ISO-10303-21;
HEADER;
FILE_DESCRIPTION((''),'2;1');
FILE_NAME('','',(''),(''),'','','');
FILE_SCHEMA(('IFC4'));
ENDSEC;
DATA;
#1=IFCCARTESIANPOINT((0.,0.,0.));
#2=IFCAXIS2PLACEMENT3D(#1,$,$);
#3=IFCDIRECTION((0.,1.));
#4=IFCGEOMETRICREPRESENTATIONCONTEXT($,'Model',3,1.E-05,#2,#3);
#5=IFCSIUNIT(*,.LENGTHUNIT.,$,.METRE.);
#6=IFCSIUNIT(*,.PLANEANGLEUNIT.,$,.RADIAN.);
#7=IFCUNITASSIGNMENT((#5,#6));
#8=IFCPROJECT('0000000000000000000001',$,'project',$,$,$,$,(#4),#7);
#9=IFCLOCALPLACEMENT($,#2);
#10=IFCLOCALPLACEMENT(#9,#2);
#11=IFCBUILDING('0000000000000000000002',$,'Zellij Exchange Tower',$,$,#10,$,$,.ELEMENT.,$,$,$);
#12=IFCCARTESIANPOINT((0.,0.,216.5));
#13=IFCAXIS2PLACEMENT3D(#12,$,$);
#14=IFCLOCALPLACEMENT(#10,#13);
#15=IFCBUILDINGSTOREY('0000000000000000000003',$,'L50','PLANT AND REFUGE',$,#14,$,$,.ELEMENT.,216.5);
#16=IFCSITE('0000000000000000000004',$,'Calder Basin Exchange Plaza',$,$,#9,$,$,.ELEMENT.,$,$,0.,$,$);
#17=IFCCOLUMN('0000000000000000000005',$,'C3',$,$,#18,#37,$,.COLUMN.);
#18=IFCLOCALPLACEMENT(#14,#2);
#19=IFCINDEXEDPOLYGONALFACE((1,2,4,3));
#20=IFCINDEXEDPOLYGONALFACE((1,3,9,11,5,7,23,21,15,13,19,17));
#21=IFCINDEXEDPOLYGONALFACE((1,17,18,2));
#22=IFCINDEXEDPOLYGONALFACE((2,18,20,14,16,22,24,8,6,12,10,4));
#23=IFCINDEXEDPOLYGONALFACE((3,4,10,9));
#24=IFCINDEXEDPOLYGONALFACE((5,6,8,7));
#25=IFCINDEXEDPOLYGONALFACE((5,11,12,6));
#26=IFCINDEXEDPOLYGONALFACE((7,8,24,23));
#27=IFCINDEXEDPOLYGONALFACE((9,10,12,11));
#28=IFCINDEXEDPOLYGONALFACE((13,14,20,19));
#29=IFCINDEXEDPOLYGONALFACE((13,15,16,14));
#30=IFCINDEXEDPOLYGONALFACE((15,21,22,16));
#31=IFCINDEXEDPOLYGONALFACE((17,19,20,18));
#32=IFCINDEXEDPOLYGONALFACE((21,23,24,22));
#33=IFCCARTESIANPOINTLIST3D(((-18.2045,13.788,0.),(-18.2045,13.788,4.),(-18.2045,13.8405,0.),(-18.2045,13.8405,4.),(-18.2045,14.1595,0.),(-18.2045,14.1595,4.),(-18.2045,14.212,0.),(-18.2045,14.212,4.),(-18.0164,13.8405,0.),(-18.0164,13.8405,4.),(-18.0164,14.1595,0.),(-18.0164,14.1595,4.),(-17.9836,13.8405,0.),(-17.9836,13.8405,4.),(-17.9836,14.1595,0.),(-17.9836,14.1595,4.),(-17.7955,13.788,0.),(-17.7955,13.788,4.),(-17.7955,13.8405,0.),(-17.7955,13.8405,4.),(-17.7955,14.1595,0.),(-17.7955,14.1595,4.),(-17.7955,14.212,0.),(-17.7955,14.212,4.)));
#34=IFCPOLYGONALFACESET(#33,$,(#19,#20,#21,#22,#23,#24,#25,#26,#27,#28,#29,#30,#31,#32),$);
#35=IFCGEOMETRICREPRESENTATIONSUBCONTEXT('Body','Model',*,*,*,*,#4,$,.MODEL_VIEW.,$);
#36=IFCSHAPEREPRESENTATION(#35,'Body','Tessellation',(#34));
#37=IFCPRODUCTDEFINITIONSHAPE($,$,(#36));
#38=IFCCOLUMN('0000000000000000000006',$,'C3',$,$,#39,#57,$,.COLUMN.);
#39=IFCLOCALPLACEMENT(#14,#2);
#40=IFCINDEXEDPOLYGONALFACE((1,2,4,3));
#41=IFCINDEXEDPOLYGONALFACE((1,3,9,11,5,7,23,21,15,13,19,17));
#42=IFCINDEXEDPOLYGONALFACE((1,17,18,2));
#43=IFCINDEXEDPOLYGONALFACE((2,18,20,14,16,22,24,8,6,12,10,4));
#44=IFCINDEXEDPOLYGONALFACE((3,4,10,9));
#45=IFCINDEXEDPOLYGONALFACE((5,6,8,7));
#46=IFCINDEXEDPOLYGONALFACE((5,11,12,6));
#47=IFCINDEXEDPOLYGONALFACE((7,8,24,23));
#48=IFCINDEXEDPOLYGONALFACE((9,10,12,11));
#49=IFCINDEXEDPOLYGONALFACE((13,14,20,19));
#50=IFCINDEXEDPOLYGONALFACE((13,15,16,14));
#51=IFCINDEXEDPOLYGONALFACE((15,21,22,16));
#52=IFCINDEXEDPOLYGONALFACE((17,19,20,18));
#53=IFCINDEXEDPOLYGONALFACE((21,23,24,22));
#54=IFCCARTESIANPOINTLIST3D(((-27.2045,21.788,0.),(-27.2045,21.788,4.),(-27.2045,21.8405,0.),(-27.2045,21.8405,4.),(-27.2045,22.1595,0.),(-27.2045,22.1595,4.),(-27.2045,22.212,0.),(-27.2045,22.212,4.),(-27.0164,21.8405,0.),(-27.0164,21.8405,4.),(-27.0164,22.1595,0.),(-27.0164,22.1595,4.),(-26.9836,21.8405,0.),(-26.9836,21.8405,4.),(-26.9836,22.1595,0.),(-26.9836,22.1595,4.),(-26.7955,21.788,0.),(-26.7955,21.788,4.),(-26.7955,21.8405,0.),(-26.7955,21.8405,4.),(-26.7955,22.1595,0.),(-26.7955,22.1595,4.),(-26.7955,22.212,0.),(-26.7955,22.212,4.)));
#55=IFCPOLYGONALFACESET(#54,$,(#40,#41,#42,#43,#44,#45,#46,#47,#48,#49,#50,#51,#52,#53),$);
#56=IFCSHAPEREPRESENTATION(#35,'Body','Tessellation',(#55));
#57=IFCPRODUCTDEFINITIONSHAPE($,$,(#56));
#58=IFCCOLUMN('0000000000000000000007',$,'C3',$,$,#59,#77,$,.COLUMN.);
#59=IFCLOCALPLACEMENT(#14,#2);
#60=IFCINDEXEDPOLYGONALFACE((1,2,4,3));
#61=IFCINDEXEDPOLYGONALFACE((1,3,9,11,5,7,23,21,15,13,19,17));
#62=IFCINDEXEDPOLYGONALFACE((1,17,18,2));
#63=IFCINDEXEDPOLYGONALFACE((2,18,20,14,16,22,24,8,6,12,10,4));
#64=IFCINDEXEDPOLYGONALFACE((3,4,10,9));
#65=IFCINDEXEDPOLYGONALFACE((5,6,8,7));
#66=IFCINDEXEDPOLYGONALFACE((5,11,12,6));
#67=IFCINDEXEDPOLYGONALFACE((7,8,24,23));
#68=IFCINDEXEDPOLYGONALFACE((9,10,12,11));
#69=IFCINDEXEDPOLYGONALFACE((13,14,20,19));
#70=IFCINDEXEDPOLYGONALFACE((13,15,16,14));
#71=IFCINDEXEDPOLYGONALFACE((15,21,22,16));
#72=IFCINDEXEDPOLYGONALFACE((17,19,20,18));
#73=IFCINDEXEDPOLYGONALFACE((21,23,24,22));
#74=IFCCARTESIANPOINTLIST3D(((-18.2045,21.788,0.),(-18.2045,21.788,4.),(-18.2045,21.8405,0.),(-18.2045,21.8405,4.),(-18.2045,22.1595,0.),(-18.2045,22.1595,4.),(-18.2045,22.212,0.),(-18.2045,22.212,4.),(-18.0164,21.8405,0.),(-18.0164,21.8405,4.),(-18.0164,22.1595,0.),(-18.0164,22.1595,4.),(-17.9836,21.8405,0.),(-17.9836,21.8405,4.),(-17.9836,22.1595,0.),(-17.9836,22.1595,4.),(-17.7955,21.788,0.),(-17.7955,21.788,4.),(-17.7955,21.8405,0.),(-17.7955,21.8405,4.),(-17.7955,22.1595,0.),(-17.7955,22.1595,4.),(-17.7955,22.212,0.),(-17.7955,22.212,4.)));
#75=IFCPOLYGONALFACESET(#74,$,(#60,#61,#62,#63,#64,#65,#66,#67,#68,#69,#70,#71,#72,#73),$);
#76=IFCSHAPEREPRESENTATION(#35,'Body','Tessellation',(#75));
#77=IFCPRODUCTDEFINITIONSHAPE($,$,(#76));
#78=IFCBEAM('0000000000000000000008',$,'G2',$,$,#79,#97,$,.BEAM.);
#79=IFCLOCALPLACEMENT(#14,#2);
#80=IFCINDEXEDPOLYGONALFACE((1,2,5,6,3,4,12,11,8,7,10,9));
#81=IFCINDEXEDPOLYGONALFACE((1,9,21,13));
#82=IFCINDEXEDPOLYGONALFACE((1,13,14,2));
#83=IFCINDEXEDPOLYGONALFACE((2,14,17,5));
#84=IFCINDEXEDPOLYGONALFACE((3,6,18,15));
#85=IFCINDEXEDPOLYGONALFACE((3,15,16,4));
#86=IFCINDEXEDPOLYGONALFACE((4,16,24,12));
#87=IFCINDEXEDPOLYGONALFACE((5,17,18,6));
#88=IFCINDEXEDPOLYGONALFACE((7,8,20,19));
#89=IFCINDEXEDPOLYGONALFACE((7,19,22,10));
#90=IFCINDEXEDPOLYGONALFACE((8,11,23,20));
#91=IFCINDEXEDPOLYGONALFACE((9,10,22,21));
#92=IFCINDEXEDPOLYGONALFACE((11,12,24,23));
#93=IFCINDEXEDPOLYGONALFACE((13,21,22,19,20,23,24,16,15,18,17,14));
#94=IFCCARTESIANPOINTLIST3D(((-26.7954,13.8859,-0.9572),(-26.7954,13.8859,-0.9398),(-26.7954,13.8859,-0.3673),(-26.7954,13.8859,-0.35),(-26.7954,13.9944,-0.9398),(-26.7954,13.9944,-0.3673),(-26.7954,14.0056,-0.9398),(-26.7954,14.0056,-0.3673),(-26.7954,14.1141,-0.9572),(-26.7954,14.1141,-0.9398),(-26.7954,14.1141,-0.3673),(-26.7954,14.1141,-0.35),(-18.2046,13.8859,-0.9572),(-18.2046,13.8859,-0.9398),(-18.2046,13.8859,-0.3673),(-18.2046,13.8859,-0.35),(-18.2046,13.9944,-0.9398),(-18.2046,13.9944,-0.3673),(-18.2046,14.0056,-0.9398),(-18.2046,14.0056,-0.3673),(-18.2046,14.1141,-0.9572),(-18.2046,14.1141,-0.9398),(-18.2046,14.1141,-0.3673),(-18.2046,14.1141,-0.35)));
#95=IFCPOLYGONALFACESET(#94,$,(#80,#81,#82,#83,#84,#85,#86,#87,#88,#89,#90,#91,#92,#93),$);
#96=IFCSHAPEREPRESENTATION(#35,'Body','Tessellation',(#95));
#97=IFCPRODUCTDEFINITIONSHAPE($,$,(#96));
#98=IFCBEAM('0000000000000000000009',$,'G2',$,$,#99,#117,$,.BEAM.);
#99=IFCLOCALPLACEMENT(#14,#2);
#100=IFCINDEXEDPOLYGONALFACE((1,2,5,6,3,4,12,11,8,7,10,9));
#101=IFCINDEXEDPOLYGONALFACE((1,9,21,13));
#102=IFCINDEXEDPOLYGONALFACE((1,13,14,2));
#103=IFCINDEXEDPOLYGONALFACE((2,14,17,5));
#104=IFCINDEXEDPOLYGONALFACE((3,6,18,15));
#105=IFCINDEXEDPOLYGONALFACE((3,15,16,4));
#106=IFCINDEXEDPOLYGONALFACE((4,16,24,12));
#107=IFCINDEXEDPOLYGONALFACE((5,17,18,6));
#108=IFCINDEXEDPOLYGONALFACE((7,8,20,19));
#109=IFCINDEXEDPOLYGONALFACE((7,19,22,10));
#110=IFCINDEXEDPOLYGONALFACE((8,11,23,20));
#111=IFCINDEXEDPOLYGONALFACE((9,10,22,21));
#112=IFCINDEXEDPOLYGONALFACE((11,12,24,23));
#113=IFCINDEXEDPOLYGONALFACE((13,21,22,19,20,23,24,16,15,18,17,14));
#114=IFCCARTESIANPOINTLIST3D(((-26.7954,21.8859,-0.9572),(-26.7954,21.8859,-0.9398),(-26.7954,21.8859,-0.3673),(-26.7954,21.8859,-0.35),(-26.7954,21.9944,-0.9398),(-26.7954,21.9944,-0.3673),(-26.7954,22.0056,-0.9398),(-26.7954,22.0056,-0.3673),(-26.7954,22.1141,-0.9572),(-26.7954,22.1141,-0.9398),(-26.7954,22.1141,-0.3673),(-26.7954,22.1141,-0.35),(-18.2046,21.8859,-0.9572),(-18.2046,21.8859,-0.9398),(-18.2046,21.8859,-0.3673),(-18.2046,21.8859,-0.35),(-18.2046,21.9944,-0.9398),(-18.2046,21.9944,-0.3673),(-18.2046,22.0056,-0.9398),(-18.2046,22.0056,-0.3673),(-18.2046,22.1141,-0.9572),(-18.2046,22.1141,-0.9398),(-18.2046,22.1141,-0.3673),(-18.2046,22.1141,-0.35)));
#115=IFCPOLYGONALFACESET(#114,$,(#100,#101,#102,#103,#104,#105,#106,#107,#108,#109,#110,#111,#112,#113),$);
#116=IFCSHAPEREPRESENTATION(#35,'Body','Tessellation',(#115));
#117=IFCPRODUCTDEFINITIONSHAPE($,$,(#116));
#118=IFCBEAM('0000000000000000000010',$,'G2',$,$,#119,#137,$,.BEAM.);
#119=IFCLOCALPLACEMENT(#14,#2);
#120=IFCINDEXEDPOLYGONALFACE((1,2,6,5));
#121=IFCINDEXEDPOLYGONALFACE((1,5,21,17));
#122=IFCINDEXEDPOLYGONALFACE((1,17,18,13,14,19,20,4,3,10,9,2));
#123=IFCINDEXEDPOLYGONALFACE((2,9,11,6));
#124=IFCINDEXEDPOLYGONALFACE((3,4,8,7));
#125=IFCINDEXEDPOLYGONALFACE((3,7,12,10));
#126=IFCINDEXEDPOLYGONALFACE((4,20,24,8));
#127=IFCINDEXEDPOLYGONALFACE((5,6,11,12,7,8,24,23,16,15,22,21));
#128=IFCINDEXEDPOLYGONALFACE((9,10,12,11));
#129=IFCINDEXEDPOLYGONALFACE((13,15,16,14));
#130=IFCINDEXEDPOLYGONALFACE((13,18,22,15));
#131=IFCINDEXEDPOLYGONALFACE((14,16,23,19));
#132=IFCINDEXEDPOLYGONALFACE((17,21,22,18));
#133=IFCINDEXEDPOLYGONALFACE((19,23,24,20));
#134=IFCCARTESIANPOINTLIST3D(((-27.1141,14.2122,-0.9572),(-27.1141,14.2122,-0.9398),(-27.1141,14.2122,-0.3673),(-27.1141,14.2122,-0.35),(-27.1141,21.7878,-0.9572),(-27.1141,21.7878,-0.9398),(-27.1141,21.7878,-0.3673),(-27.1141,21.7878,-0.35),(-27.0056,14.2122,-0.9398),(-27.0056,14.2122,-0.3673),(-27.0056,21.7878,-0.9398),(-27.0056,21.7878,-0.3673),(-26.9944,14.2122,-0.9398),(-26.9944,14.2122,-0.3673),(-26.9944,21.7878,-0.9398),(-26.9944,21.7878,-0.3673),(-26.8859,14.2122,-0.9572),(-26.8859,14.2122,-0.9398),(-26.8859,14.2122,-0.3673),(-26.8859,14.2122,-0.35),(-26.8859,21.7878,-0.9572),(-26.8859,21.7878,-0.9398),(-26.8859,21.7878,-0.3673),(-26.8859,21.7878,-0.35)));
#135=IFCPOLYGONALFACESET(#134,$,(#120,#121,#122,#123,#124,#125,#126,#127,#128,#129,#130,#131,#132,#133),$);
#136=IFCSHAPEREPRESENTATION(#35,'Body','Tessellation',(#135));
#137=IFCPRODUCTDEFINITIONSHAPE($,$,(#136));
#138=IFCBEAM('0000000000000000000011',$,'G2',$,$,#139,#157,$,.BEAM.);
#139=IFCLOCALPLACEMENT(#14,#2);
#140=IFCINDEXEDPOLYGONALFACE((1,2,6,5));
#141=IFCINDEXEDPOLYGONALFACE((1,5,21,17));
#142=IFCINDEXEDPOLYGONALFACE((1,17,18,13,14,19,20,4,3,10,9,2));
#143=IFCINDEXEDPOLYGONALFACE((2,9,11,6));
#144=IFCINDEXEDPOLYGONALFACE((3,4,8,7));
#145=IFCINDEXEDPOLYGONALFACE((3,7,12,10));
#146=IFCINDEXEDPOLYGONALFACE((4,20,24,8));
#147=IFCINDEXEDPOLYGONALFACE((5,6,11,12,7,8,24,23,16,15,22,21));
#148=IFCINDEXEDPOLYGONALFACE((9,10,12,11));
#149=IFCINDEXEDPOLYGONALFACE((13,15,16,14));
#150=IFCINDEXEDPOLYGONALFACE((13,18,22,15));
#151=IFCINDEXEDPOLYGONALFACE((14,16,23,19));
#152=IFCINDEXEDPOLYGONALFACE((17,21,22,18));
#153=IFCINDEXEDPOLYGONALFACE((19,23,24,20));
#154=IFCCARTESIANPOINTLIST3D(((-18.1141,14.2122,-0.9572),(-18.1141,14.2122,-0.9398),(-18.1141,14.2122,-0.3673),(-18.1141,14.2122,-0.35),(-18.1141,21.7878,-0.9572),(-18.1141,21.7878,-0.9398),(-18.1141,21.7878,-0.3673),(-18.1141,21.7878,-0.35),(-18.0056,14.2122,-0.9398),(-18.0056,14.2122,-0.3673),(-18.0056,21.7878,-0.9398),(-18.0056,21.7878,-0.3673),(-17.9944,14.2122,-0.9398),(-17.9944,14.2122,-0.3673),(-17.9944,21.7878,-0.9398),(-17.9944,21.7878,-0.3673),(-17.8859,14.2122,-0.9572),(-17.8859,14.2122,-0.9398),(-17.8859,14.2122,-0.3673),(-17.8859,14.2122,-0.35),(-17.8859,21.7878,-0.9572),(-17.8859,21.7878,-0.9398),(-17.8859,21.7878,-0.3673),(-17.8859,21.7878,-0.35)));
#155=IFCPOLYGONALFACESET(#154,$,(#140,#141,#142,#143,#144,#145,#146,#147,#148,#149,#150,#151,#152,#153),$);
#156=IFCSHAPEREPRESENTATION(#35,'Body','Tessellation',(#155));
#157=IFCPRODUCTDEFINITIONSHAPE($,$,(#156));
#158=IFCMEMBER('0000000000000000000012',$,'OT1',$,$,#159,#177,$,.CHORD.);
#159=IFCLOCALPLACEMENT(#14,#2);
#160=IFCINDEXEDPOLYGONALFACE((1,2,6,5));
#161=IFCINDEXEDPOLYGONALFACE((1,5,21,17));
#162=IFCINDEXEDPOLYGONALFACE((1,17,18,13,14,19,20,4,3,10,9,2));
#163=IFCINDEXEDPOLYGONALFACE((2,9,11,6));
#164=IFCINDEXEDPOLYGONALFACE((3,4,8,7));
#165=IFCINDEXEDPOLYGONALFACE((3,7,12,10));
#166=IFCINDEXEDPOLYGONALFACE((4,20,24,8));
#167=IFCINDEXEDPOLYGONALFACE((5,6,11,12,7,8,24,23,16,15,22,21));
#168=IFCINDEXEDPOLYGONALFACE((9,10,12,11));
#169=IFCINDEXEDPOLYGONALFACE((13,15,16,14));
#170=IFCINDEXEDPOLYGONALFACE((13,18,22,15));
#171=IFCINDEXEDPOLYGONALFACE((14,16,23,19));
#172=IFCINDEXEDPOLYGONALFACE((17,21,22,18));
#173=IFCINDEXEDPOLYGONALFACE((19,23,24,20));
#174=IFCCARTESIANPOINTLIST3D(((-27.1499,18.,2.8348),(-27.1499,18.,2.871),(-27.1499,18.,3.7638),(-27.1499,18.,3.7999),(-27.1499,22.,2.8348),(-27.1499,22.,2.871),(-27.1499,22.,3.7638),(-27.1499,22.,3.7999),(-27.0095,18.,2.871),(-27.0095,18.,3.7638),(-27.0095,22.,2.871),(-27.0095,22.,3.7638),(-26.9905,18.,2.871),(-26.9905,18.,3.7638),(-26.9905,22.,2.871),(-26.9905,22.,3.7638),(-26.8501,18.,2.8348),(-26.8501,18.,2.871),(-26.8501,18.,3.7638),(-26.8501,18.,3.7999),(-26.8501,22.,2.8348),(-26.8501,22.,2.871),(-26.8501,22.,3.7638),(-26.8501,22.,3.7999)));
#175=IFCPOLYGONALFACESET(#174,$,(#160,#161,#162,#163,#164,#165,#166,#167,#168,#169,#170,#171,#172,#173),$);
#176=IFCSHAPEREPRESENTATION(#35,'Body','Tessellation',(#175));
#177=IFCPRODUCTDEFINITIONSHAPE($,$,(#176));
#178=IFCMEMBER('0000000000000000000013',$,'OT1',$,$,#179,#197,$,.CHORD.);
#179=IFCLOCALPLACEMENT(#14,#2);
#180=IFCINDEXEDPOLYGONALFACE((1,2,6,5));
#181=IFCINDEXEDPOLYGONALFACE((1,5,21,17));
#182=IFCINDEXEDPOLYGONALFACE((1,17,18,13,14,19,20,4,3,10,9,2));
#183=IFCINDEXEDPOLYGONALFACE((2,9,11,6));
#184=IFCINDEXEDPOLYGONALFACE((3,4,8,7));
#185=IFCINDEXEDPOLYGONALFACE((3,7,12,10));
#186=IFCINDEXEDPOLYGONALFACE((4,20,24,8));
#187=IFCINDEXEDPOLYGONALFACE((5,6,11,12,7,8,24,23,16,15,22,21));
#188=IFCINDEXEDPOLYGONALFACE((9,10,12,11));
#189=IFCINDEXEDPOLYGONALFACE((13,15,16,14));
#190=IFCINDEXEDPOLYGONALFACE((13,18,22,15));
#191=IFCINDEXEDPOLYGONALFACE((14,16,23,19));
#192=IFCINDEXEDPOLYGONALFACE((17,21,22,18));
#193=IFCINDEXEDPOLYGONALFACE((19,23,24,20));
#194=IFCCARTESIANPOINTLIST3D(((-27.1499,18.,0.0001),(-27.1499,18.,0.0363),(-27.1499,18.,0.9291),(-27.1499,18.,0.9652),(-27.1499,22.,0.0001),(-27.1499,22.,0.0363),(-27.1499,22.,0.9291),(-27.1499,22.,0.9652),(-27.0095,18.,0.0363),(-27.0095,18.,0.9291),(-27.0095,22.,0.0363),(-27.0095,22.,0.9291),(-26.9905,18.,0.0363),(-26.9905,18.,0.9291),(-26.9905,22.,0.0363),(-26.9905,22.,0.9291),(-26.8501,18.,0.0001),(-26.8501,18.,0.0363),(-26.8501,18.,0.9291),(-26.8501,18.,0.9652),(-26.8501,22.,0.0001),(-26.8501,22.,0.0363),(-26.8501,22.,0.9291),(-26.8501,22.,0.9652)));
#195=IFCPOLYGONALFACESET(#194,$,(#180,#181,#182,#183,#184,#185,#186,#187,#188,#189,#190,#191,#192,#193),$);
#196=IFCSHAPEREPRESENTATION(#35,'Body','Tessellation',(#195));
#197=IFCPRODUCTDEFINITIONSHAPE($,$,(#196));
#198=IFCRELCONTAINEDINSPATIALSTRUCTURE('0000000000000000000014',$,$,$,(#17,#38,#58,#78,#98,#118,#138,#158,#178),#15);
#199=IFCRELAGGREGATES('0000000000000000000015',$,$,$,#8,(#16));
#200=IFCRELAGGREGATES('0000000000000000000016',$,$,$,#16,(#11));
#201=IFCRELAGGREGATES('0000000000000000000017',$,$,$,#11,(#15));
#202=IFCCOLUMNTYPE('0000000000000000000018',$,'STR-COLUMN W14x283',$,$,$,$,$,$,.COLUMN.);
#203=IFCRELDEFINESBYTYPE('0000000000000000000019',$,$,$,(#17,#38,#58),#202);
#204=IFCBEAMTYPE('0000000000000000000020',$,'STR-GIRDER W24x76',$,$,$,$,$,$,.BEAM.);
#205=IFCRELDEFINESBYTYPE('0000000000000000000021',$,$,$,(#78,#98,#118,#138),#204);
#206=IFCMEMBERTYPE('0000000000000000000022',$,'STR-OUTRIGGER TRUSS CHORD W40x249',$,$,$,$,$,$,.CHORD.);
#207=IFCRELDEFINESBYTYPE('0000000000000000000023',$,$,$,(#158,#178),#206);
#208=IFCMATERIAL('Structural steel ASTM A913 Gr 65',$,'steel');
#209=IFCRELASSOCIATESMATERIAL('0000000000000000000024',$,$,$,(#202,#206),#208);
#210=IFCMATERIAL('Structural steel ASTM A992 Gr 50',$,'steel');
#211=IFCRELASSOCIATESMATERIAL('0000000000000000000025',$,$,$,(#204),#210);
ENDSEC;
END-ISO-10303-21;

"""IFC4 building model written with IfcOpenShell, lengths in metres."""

from ifc_helpers import new_model, si_unit, direction, frame, origin, origin_2d, place, context, subcontext, project, spatial, i_section, extrude, material, material_profile, profile_set, type_object, element, save


model = new_model("IFC4")

# Units and contexts
model_context = context("Model", 3, precision=1e-05, world=origin(), true_north=direction((0.0, 1.0)))
body_context = subcontext(model_context, "Body", "Model", "MODEL_VIEW")
ifc_project = project(units=[si_unit("LENGTHUNIT", "METRE"), si_unit("PLANEANGLEUNIT", "RADIAN")], contexts=[model_context])

# Site, building, storey
site_placement = place(None, origin())
site = spatial("IfcSite", under=ifc_project, at=site_placement, Name="Calder Basin Exchange Plaza", CompositionType="ELEMENT", RefElevation=0.0)
building_placement = place(site_placement, origin())
building = spatial("IfcBuilding", under=site, at=building_placement, Name="Zellij Exchange Tower", CompositionType="ELEMENT")
storey_placement = place(building_placement, frame((0.0, 0.0, 216.5)))
storey = spatial("IfcBuildingStorey", under=building, at=storey_placement, Name="L50", Description="PLANT AND REFUGE", CompositionType="ELEMENT", Elevation=216.5)

# Columns
ifc_material_1 = material(Name="Structural steel ASTM A913 Gr 65", Category="steel")
ifc_material_profile_1 = material_profile(ifc_material_1, i_section(OverallWidth=0.4089, OverallDepth=0.4241, WebThickness=0.0327, FlangeThickness=0.0525, at=origin_2d()), Name="W14x283")
ifc_profile_set_1 = profile_set([ifc_material_profile_1], Name="Structural steel ASTM A913 Gr 65")
column_type = type_object("IfcColumnType", Name="STR-COLUMN W14x283", PredefinedType="COLUMN", material=ifc_profile_set_1)
for number, where, z_axis, x_axis, name in (
    (1, (-18.0, 14.0, 0.0), (0.0, 0.0, 1.0), (1.0, 0.0, 0.0), "C3"),
    (2, (-27.0, 22.0, 0.0), (0.0, 0.0, 1.0), (1.0, 0.0, 0.0), "C3"),
    (3, (-18.0, 22.0, 0.0), (0.0, 0.0, 1.0), (1.0, 0.0, 0.0), "C3"),
):
    element("IfcColumn", number, at=place(storey_placement, frame(where, z_axis=z_axis, x_axis=x_axis)), inside=storey, type_object=column_type, Name=name, PredefinedType="COLUMN", context=body_context, shape_type="SweptSolid", body=[
        extrude(i_section(OverallWidth=0.4089, OverallDepth=0.4241, WebThickness=0.0327, FlangeThickness=0.0525, at=origin_2d()), origin(), (0.0, 0.0, 1.0), 4.0),
    ])

# Beams
ifc_material_2 = material(Name="Structural steel ASTM A992 Gr 50", Category="steel")
ifc_material_profile_2 = material_profile(ifc_material_2, i_section(OverallWidth=0.2283, OverallDepth=0.6072, WebThickness=0.0112, FlangeThickness=0.0173, at=origin_2d()), Name="W24x76")
ifc_profile_set_2 = profile_set([ifc_material_profile_2], Name="Structural steel ASTM A992 Gr 50")
beam_type = type_object("IfcBeamType", Name="STR-GIRDER W24x76", PredefinedType="BEAM", material=ifc_profile_set_2)
for number, where, z_axis, x_axis, name in (
    (4, (-26.7954, 14.0, -0.6536), (1.0, 0.0, 0.0), (0.0, 1.0, 0.0), "G2"),
    (5, (-26.7954, 22.0, -0.6536), (1.0, 0.0, 0.0), (0.0, 1.0, 0.0), "G2"),
):
    element("IfcBeam", number, at=place(storey_placement, frame(where, z_axis=z_axis, x_axis=x_axis)), inside=storey, type_object=beam_type, Name=name, PredefinedType="BEAM", context=body_context, shape_type="SweptSolid", body=[
        extrude(i_section(OverallWidth=0.2283, OverallDepth=0.6072, WebThickness=0.0112, FlangeThickness=0.0173, at=origin_2d()), origin(), (0.0, 0.0, 1.0), 8.5908),
    ])
for number, where, z_axis, x_axis, name in (
    (6, (-27.0, 14.2122, -0.6536), (0.0, 1.0, 0.0), (-1.0, 0.0, 0.0), "G2"),
    (7, (-18.0, 14.2122, -0.6536), (0.0, 1.0, 0.0), (-1.0, 0.0, 0.0), "G2"),
):
    element("IfcBeam", number, at=place(storey_placement, frame(where, z_axis=z_axis, x_axis=x_axis)), inside=storey, type_object=beam_type, Name=name, PredefinedType="BEAM", context=body_context, shape_type="SweptSolid", body=[
        extrude(i_section(OverallWidth=0.2283, OverallDepth=0.6072, WebThickness=0.0112, FlangeThickness=0.0173, at=origin_2d()), origin(), (0.0, 0.0, 1.0), 7.5757),
    ])

# Members
ifc_material_profile_3 = material_profile(ifc_material_1, i_section(OverallWidth=0.2998, OverallDepth=0.9651, WebThickness=0.019, FlangeThickness=0.0361, at=origin_2d()), Name="W40x249")
ifc_profile_set_3 = profile_set([ifc_material_profile_3], Name="Structural steel ASTM A913 Gr 65")
member_type_1 = type_object("IfcMemberType", Name="STR-OUTRIGGER TRUSS CHORD W40x249", PredefinedType="CHORD", material=ifc_profile_set_3)
for number, where, z_axis, x_axis, name in (
    (8, (-27.0, 18.0, 3.3174), (0.0, 1.0, 0.0), (-1.0, 0.0, 0.0), "OT1"),
    (9, (-27.0, 18.0, 0.4827), (0.0, 1.0, 0.0), (-1.0, 0.0, 0.0), "OT1"),
):
    element("IfcMember", number, at=place(storey_placement, frame(where, z_axis=z_axis, x_axis=x_axis)), inside=storey, type_object=member_type_1, Name=name, PredefinedType="CHORD", context=body_context, shape_type="SweptSolid", body=[
        extrude(i_section(OverallWidth=0.2998, OverallDepth=0.9651, WebThickness=0.019, FlangeThickness=0.0361, at=origin_2d()), origin(), (0.0, 0.0, 1.0), 4.0),
    ])

save(model, "model.ifc")
